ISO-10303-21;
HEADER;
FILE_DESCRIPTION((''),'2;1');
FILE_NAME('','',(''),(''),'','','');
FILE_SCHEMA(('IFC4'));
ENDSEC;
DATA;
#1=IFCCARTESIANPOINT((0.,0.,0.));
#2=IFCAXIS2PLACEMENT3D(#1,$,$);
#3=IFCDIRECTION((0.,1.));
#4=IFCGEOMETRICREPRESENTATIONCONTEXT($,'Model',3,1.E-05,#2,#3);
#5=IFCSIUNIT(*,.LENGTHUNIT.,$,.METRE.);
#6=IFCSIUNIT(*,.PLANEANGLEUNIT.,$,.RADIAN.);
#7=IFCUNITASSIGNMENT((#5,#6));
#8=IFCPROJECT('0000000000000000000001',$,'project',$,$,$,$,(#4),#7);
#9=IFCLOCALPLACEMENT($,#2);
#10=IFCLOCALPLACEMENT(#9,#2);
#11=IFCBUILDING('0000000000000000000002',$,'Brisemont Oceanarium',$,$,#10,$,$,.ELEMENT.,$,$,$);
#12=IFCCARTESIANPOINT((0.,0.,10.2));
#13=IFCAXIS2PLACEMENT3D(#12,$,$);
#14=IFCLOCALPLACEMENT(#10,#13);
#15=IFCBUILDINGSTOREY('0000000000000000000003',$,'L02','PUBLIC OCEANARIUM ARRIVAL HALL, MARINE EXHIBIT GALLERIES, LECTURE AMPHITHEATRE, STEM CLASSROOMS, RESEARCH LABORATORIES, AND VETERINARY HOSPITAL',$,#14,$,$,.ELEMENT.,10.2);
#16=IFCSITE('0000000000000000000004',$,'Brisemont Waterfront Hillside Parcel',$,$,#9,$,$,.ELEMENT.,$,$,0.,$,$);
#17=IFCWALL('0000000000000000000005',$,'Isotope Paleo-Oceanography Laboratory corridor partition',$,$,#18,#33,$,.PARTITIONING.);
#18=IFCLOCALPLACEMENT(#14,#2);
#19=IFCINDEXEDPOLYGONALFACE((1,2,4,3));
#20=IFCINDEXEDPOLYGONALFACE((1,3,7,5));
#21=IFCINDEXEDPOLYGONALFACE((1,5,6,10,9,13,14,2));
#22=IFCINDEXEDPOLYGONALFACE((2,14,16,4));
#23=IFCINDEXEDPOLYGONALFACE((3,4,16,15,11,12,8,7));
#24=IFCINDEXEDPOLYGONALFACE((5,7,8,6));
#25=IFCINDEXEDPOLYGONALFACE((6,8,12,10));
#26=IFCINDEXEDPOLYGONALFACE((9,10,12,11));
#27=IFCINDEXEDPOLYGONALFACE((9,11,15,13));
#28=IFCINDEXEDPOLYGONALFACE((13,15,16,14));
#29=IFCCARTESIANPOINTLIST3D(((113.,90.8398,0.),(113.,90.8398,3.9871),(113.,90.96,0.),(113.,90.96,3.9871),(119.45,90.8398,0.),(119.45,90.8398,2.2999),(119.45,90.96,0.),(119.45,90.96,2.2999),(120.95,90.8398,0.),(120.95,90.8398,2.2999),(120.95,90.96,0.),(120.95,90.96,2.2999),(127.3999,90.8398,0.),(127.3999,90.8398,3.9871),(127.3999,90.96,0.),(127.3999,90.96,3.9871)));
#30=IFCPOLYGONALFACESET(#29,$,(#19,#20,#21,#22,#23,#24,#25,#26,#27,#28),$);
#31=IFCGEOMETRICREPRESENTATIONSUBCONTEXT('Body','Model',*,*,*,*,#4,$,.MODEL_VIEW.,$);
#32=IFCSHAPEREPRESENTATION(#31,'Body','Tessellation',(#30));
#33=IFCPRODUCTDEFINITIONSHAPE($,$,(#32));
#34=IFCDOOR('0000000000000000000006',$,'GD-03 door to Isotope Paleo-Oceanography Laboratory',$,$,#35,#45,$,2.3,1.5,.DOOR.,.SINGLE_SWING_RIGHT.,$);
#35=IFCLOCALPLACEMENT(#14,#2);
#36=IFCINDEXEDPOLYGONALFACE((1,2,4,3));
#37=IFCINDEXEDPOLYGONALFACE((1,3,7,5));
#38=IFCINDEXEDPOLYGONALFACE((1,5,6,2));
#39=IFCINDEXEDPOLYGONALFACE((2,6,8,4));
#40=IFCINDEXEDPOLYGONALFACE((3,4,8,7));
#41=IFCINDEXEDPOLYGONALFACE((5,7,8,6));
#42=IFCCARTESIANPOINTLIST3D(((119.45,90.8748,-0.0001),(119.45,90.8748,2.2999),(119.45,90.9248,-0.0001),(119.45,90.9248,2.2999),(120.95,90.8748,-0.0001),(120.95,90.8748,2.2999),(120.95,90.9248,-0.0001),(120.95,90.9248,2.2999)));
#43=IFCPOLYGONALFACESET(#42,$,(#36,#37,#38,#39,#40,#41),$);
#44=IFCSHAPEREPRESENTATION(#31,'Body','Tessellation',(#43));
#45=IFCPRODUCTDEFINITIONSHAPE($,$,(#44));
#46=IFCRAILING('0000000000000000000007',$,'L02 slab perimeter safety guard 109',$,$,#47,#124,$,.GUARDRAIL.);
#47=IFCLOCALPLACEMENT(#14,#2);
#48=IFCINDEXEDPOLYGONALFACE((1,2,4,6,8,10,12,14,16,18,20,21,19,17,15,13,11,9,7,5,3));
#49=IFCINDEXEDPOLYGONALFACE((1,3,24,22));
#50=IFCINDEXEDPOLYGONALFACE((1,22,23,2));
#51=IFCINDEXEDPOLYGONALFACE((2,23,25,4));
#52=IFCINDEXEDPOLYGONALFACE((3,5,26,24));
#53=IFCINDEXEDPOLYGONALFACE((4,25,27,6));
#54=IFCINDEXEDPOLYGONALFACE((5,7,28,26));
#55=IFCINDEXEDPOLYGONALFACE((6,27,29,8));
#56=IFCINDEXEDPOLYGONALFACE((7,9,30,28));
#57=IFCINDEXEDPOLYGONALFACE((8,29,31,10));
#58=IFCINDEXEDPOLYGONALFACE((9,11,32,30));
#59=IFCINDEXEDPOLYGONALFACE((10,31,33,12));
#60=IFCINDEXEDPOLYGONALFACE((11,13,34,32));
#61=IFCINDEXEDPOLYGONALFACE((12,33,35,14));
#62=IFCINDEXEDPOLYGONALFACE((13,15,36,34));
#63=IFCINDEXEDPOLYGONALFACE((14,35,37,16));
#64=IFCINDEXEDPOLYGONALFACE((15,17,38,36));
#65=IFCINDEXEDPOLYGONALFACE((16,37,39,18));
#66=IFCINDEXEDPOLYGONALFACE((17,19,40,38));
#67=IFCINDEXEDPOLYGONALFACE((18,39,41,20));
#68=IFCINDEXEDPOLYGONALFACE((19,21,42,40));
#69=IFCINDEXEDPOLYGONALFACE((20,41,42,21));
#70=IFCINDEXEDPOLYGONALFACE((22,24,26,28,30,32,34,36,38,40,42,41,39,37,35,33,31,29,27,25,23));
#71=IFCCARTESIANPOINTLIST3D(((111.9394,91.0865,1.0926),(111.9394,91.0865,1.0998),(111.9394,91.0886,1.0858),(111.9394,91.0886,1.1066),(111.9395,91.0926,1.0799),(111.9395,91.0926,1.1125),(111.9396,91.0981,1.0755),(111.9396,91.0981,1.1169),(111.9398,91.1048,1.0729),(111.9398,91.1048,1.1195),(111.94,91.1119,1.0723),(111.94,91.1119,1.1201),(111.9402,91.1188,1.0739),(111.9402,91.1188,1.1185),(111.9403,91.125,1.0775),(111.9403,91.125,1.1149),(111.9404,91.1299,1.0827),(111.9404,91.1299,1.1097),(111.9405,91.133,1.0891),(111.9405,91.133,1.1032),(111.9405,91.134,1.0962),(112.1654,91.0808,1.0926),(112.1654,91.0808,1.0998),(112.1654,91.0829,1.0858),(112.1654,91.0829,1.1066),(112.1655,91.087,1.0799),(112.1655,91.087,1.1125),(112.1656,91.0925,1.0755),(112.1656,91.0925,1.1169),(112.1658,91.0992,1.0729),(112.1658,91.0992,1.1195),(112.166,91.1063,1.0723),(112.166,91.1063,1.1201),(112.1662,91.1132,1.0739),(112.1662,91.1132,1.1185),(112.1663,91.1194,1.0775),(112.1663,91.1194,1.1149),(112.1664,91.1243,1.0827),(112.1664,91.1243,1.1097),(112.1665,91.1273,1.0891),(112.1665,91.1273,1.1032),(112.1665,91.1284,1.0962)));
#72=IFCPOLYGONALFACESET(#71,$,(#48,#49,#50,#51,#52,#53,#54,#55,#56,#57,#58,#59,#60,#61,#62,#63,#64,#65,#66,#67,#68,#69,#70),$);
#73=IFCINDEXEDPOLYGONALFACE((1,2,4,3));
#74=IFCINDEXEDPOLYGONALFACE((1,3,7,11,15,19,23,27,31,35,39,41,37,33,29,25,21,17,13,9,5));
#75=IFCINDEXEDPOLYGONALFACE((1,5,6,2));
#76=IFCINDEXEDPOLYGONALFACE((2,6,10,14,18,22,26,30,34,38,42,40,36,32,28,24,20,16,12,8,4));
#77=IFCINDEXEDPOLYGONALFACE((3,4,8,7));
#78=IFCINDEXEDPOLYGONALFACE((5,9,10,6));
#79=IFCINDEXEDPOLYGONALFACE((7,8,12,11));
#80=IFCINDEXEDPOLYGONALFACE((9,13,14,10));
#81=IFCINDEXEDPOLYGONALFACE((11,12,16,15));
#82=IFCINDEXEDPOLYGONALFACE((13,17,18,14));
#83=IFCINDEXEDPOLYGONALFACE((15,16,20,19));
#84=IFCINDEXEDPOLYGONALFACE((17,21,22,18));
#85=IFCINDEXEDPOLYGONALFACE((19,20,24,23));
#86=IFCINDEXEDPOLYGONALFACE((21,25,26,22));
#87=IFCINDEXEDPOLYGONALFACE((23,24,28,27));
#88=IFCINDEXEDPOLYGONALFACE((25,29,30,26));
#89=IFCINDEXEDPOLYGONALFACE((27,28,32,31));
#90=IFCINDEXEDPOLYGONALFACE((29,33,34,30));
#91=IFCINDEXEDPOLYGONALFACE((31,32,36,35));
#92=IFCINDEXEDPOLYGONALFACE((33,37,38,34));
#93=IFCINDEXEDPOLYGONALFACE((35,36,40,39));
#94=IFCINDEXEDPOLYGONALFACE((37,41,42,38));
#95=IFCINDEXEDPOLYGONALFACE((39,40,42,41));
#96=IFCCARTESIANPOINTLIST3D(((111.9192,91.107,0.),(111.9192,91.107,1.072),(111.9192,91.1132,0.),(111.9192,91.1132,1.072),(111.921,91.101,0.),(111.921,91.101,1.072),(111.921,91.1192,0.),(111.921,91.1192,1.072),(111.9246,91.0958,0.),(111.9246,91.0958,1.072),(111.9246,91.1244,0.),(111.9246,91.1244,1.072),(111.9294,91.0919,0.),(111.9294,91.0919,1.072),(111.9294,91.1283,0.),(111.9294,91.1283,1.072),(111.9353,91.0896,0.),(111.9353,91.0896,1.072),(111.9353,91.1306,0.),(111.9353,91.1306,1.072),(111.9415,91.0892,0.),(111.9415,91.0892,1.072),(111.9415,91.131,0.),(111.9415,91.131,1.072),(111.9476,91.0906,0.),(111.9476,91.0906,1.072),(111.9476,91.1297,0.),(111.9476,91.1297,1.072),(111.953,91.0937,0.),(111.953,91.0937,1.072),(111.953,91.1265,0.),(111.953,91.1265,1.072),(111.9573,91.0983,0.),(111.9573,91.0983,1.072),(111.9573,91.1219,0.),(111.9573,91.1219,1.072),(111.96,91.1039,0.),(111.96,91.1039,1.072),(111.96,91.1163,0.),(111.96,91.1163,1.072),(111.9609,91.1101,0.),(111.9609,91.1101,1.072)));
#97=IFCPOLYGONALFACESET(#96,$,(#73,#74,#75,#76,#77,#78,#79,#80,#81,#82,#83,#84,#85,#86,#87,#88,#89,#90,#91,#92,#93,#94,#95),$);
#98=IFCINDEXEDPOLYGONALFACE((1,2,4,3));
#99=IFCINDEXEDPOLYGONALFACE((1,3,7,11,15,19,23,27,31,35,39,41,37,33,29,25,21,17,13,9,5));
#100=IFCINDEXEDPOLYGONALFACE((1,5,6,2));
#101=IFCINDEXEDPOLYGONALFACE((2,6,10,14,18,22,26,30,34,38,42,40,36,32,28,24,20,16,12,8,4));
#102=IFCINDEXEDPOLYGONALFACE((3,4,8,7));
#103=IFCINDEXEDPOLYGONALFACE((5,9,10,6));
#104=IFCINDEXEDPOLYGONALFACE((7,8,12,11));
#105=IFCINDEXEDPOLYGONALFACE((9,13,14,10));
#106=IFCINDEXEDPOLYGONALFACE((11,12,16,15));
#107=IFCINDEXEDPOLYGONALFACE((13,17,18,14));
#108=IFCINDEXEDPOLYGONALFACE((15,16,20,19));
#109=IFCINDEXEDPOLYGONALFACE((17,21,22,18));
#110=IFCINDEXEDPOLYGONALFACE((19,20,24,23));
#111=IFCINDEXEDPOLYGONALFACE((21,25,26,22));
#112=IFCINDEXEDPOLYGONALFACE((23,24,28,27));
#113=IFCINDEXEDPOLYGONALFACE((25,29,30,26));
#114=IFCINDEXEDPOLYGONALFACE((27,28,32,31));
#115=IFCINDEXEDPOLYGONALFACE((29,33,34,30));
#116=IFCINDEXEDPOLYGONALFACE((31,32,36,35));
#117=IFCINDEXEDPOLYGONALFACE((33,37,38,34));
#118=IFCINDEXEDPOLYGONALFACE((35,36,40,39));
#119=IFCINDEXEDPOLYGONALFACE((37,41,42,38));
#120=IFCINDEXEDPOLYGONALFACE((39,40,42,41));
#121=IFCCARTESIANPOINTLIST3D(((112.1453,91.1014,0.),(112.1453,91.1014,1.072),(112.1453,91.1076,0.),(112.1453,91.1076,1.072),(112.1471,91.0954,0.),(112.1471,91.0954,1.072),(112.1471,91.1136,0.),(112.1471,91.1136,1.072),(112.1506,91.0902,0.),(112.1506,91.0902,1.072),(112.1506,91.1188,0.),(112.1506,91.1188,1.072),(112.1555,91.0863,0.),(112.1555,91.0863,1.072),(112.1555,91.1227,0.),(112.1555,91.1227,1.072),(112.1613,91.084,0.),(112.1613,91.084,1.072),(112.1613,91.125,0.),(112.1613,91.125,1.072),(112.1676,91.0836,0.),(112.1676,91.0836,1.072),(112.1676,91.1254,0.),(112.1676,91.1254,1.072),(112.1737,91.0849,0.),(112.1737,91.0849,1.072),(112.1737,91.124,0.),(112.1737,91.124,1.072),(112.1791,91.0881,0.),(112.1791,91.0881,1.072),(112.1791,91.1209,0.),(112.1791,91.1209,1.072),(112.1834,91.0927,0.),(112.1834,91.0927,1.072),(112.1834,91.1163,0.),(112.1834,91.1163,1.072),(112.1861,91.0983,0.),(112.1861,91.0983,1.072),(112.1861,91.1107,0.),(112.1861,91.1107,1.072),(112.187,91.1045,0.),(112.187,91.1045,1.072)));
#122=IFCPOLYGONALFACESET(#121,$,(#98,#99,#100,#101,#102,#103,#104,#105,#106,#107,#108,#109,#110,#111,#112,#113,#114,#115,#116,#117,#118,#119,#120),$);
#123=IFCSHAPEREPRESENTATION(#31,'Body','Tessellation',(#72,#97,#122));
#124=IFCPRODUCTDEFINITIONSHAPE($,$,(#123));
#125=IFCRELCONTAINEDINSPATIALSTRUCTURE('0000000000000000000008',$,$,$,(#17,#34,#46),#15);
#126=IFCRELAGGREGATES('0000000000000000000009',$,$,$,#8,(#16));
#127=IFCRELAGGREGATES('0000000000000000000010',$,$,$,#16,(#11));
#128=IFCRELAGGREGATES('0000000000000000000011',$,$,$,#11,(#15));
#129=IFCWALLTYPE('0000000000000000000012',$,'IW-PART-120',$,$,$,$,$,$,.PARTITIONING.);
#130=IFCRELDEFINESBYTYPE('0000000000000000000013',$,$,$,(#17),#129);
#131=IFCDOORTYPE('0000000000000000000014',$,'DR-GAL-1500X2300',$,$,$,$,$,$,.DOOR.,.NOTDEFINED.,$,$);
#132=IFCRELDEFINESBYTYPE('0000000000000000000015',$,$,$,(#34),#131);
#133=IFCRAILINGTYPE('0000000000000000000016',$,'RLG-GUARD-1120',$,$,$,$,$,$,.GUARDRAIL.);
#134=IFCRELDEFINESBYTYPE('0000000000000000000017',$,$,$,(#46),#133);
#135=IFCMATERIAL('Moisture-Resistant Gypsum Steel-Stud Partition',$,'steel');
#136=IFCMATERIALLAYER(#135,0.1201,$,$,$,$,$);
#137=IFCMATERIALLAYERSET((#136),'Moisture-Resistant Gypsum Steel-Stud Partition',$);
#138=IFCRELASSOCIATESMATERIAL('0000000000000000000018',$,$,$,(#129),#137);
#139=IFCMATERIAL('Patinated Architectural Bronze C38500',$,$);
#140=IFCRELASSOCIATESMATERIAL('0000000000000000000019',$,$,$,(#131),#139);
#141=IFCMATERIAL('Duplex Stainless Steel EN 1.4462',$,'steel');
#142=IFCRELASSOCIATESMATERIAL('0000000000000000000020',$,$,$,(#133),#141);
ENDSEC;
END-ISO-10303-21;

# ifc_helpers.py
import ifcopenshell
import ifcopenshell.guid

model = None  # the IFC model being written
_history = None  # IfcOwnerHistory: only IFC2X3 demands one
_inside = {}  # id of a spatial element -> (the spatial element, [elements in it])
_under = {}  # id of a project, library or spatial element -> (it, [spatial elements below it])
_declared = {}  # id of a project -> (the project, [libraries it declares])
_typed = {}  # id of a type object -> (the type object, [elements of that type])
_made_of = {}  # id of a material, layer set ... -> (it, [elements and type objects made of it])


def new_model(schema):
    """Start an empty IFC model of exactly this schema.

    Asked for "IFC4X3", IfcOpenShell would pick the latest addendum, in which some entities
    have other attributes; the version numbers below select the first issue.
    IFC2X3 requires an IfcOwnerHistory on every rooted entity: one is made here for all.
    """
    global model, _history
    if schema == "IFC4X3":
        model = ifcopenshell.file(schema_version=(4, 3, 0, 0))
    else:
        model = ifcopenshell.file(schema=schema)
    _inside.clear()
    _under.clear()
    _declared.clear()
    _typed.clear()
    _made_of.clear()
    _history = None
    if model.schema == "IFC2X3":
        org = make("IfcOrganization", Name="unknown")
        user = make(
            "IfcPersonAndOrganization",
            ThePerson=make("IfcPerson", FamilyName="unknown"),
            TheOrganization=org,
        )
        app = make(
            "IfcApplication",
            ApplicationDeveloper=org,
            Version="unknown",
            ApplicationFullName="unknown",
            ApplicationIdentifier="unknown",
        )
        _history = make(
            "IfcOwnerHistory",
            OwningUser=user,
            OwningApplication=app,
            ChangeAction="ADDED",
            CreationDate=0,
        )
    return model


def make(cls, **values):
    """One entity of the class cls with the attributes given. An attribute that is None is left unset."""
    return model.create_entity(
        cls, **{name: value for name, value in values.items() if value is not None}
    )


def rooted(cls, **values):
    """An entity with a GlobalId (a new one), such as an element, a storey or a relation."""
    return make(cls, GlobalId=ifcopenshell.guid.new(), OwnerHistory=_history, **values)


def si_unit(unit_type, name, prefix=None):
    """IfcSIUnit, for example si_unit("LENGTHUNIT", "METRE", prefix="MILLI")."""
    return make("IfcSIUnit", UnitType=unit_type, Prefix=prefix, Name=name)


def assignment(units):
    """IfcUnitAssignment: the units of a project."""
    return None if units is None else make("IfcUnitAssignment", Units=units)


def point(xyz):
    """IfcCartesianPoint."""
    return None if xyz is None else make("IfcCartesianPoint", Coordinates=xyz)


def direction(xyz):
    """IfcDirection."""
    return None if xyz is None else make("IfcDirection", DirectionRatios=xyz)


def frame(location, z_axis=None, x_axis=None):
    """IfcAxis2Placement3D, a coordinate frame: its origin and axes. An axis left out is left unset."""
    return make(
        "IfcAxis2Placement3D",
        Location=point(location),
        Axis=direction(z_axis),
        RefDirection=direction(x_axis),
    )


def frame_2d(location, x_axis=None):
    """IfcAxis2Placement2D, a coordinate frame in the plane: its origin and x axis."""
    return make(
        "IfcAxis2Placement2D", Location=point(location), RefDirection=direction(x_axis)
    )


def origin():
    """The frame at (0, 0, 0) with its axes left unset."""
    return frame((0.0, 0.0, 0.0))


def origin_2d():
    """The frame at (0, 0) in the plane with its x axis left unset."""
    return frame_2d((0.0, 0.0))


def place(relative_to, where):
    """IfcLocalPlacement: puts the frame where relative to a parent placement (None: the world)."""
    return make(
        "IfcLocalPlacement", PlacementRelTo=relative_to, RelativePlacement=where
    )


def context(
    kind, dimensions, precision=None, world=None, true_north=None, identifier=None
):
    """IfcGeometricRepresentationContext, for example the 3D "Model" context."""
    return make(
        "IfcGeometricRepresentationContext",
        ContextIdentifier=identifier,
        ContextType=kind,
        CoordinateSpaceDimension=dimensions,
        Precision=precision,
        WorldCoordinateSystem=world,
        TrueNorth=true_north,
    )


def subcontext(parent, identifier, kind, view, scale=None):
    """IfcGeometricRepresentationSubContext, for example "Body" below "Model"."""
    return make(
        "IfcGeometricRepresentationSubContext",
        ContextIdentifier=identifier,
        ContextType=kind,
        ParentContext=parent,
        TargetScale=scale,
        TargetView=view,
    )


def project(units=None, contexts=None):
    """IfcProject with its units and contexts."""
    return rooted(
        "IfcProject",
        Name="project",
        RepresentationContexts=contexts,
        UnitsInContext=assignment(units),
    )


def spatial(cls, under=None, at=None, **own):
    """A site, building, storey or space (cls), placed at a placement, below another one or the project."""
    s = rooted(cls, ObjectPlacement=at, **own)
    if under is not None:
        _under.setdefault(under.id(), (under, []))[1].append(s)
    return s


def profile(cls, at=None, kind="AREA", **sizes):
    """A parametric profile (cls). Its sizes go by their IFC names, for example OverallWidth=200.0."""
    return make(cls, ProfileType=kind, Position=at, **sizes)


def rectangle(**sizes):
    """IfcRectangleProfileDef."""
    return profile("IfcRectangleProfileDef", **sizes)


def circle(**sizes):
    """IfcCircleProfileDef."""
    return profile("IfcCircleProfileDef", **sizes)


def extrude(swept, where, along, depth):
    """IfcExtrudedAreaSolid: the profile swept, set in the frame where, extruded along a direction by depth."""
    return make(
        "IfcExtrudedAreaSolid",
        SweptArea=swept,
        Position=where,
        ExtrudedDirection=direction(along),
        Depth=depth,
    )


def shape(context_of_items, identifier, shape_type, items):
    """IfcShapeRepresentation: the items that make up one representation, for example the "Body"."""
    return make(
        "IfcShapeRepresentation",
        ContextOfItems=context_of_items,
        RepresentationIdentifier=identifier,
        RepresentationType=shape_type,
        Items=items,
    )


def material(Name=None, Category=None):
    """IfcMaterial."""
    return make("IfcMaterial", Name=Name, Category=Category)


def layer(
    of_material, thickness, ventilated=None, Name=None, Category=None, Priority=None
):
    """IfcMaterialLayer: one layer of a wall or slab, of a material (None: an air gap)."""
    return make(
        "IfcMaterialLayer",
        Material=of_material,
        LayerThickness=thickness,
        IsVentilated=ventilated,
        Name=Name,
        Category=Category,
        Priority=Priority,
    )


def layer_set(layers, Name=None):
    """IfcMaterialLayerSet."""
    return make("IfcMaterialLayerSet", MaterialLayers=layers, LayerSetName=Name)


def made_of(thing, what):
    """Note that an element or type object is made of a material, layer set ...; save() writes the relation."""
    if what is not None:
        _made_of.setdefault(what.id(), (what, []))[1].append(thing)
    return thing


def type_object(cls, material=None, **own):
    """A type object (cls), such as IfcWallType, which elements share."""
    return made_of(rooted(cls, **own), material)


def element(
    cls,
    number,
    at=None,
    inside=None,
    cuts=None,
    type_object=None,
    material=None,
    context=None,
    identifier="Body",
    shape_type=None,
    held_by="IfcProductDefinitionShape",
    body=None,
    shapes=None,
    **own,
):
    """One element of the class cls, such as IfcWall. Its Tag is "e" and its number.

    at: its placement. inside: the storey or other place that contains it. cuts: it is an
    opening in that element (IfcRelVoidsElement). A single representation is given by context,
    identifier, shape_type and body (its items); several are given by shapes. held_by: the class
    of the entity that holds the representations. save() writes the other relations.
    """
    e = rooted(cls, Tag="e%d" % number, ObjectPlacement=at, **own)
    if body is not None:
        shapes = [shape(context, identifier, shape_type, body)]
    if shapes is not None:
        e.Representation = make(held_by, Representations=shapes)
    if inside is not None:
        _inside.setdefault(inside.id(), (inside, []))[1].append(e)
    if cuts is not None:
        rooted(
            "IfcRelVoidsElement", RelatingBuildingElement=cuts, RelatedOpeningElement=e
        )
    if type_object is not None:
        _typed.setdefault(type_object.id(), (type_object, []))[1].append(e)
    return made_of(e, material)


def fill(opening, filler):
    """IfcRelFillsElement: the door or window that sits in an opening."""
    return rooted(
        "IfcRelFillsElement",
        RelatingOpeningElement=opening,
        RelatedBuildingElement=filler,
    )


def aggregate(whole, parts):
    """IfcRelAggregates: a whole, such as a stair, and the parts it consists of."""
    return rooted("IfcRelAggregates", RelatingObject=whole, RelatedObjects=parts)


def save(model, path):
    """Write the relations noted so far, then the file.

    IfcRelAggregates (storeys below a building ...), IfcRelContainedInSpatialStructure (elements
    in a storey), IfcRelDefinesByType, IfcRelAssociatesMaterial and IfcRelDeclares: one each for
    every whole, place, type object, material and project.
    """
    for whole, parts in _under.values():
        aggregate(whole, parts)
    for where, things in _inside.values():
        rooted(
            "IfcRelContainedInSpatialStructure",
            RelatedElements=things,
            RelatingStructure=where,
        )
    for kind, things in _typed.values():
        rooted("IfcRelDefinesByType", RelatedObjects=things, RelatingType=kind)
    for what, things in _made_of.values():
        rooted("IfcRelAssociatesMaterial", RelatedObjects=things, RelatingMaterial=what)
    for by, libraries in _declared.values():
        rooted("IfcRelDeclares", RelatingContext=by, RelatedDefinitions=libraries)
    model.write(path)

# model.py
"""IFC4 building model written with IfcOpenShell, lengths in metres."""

from ifc_helpers import new_model, si_unit, direction, frame, frame_2d, origin, origin_2d, place, context, subcontext, project, spatial, rectangle, circle, extrude, material, layer, layer_set, type_object, element, fill, save


model = new_model("IFC4")

# Units and contexts
model_context = context("Model", 3, precision=1e-05, world=origin(), true_north=direction((0.0, 1.0)))
body_context = subcontext(model_context, "Body", "Model", "MODEL_VIEW")
ifc_project = project(units=[si_unit("LENGTHUNIT", "METRE"), si_unit("PLANEANGLEUNIT", "RADIAN")], contexts=[model_context])

# Site, building, storey
site_placement = place(None, origin())
site = spatial("IfcSite", under=ifc_project, at=site_placement, Name="Brisemont Waterfront Hillside Parcel", CompositionType="ELEMENT", RefElevation=0.0)
building_placement = place(site_placement, origin())
building = spatial("IfcBuilding", under=site, at=building_placement, Name="Brisemont Oceanarium", CompositionType="ELEMENT")
storey_placement = place(building_placement, frame((0.0, 0.0, 10.2)))
storey = spatial("IfcBuildingStorey", under=building, at=storey_placement, Name="L02", Description="PUBLIC OCEANARIUM ARRIVAL HALL, MARINE EXHIBIT GALLERIES, LECTURE AMPHITHEATRE, STEM CLASSROOMS, RESEARCH LABORATORIES, AND VETERINARY HOSPITAL", CompositionType="ELEMENT", Elevation=10.2)

# Wall, opening, door
ifc_material_1 = material(Name="Moisture-Resistant Gypsum Steel-Stud Partition", Category="steel")
ifc_layer_1 = layer(ifc_material_1, 0.1201)
ifc_layer_set_1 = layer_set([ifc_layer_1], Name="Moisture-Resistant Gypsum Steel-Stud Partition")
wall_type = type_object("IfcWallType", Name="IW-PART-120", PredefinedType="PARTITIONING", material=ifc_layer_set_1)
wall_placement = place(storey_placement, frame((113.0, 90.8999, 0.0), z_axis=(0.0, 0.0, 1.0), x_axis=(1.0, 0.0, 0.0)))
wall = element("IfcWall", 1, at=wall_placement, inside=storey, type_object=wall_type, Name="Isotope Paleo-Oceanography Laboratory corridor partition", PredefinedType="PARTITIONING", context=body_context, shape_type="SweptSolid", body=[
    extrude(rectangle(XDim=14.3999, YDim=0.1201, at=frame_2d((7.2, 0.0))), origin(), (0.0, 0.0, 1.0), 3.9871),
])
opening_placement = place(wall_placement, frame((6.45, 0.0, 0.0)))
opening = element("IfcOpeningElement", 2, at=opening_placement, cuts=wall, PredefinedType="OPENING", context=body_context, shape_type="SweptSolid", body=[
    extrude(rectangle(XDim=1.5, YDim=2.3, at=frame_2d((0.75, 1.1499))), frame((0.0, 0.0701, 0.0), z_axis=(0.0, -1.0, 0.0), x_axis=(1.0, 0.0, 0.0)), (0.0, 0.0, 1.0), 0.1401),
])
ifc_material_2 = material(Name="Patinated Architectural Bronze C38500")
door_type = type_object("IfcDoorType", Name="DR-GAL-1500X2300", OperationType="NOTDEFINED", PredefinedType="DOOR", material=ifc_material_2)
door_placement = place(opening_placement, origin())
door = element("IfcDoor", 3, at=door_placement, inside=storey, type_object=door_type, Name="GD-03 door to Isotope Paleo-Oceanography Laboratory", OperationType="SINGLE_SWING_RIGHT", OverallHeight=2.3, OverallWidth=1.5, PredefinedType="DOOR", context=body_context, shape_type="SweptSolid", body=[
    extrude(rectangle(XDim=1.5, YDim=2.3, at=frame_2d((0.75, 1.1499))), frame((0.0, 0.0249, 0.0), z_axis=(0.0, -1.0, 0.0), x_axis=(1.0, 0.0, 0.0)), (0.0, 0.0, 1.0), 0.05),
])
fill(opening, door)

# Railing
ifc_material_3 = material(Name="Duplex Stainless Steel EN 1.4462", Category="steel")
railing_type = type_object("IfcRailingType", Name="RLG-GUARD-1120", PredefinedType="GUARDRAIL", material=ifc_material_3)
railing_1_placement = place(storey_placement, frame((111.9399, 91.1101, 0.0)))
element("IfcRailing", 4, at=railing_1_placement, inside=storey, type_object=railing_type, Name="L02 slab perimeter safety guard 109", PredefinedType="GUARDRAIL", context=body_context, shape_type="SweptSolid", body=[
    extrude(circle(Radius=0.0239, at=origin_2d()), frame((0.0, 0.0, 1.0962), z_axis=(0.999692, -0.02483, 0.0), x_axis=(0.02483, 0.999692, 0.0)), (0.0, 0.0, 1.0), 0.2261),
    extrude(circle(Radius=0.021, at=origin_2d()), origin(), (0.0, 0.0, 1.0), 1.072),
    extrude(circle(Radius=0.021, at=origin_2d()), frame((0.2261, -0.0056, 0.0)), (0.0, 0.0, 1.0), 1.072),
])

save(model, "model.ifc")
